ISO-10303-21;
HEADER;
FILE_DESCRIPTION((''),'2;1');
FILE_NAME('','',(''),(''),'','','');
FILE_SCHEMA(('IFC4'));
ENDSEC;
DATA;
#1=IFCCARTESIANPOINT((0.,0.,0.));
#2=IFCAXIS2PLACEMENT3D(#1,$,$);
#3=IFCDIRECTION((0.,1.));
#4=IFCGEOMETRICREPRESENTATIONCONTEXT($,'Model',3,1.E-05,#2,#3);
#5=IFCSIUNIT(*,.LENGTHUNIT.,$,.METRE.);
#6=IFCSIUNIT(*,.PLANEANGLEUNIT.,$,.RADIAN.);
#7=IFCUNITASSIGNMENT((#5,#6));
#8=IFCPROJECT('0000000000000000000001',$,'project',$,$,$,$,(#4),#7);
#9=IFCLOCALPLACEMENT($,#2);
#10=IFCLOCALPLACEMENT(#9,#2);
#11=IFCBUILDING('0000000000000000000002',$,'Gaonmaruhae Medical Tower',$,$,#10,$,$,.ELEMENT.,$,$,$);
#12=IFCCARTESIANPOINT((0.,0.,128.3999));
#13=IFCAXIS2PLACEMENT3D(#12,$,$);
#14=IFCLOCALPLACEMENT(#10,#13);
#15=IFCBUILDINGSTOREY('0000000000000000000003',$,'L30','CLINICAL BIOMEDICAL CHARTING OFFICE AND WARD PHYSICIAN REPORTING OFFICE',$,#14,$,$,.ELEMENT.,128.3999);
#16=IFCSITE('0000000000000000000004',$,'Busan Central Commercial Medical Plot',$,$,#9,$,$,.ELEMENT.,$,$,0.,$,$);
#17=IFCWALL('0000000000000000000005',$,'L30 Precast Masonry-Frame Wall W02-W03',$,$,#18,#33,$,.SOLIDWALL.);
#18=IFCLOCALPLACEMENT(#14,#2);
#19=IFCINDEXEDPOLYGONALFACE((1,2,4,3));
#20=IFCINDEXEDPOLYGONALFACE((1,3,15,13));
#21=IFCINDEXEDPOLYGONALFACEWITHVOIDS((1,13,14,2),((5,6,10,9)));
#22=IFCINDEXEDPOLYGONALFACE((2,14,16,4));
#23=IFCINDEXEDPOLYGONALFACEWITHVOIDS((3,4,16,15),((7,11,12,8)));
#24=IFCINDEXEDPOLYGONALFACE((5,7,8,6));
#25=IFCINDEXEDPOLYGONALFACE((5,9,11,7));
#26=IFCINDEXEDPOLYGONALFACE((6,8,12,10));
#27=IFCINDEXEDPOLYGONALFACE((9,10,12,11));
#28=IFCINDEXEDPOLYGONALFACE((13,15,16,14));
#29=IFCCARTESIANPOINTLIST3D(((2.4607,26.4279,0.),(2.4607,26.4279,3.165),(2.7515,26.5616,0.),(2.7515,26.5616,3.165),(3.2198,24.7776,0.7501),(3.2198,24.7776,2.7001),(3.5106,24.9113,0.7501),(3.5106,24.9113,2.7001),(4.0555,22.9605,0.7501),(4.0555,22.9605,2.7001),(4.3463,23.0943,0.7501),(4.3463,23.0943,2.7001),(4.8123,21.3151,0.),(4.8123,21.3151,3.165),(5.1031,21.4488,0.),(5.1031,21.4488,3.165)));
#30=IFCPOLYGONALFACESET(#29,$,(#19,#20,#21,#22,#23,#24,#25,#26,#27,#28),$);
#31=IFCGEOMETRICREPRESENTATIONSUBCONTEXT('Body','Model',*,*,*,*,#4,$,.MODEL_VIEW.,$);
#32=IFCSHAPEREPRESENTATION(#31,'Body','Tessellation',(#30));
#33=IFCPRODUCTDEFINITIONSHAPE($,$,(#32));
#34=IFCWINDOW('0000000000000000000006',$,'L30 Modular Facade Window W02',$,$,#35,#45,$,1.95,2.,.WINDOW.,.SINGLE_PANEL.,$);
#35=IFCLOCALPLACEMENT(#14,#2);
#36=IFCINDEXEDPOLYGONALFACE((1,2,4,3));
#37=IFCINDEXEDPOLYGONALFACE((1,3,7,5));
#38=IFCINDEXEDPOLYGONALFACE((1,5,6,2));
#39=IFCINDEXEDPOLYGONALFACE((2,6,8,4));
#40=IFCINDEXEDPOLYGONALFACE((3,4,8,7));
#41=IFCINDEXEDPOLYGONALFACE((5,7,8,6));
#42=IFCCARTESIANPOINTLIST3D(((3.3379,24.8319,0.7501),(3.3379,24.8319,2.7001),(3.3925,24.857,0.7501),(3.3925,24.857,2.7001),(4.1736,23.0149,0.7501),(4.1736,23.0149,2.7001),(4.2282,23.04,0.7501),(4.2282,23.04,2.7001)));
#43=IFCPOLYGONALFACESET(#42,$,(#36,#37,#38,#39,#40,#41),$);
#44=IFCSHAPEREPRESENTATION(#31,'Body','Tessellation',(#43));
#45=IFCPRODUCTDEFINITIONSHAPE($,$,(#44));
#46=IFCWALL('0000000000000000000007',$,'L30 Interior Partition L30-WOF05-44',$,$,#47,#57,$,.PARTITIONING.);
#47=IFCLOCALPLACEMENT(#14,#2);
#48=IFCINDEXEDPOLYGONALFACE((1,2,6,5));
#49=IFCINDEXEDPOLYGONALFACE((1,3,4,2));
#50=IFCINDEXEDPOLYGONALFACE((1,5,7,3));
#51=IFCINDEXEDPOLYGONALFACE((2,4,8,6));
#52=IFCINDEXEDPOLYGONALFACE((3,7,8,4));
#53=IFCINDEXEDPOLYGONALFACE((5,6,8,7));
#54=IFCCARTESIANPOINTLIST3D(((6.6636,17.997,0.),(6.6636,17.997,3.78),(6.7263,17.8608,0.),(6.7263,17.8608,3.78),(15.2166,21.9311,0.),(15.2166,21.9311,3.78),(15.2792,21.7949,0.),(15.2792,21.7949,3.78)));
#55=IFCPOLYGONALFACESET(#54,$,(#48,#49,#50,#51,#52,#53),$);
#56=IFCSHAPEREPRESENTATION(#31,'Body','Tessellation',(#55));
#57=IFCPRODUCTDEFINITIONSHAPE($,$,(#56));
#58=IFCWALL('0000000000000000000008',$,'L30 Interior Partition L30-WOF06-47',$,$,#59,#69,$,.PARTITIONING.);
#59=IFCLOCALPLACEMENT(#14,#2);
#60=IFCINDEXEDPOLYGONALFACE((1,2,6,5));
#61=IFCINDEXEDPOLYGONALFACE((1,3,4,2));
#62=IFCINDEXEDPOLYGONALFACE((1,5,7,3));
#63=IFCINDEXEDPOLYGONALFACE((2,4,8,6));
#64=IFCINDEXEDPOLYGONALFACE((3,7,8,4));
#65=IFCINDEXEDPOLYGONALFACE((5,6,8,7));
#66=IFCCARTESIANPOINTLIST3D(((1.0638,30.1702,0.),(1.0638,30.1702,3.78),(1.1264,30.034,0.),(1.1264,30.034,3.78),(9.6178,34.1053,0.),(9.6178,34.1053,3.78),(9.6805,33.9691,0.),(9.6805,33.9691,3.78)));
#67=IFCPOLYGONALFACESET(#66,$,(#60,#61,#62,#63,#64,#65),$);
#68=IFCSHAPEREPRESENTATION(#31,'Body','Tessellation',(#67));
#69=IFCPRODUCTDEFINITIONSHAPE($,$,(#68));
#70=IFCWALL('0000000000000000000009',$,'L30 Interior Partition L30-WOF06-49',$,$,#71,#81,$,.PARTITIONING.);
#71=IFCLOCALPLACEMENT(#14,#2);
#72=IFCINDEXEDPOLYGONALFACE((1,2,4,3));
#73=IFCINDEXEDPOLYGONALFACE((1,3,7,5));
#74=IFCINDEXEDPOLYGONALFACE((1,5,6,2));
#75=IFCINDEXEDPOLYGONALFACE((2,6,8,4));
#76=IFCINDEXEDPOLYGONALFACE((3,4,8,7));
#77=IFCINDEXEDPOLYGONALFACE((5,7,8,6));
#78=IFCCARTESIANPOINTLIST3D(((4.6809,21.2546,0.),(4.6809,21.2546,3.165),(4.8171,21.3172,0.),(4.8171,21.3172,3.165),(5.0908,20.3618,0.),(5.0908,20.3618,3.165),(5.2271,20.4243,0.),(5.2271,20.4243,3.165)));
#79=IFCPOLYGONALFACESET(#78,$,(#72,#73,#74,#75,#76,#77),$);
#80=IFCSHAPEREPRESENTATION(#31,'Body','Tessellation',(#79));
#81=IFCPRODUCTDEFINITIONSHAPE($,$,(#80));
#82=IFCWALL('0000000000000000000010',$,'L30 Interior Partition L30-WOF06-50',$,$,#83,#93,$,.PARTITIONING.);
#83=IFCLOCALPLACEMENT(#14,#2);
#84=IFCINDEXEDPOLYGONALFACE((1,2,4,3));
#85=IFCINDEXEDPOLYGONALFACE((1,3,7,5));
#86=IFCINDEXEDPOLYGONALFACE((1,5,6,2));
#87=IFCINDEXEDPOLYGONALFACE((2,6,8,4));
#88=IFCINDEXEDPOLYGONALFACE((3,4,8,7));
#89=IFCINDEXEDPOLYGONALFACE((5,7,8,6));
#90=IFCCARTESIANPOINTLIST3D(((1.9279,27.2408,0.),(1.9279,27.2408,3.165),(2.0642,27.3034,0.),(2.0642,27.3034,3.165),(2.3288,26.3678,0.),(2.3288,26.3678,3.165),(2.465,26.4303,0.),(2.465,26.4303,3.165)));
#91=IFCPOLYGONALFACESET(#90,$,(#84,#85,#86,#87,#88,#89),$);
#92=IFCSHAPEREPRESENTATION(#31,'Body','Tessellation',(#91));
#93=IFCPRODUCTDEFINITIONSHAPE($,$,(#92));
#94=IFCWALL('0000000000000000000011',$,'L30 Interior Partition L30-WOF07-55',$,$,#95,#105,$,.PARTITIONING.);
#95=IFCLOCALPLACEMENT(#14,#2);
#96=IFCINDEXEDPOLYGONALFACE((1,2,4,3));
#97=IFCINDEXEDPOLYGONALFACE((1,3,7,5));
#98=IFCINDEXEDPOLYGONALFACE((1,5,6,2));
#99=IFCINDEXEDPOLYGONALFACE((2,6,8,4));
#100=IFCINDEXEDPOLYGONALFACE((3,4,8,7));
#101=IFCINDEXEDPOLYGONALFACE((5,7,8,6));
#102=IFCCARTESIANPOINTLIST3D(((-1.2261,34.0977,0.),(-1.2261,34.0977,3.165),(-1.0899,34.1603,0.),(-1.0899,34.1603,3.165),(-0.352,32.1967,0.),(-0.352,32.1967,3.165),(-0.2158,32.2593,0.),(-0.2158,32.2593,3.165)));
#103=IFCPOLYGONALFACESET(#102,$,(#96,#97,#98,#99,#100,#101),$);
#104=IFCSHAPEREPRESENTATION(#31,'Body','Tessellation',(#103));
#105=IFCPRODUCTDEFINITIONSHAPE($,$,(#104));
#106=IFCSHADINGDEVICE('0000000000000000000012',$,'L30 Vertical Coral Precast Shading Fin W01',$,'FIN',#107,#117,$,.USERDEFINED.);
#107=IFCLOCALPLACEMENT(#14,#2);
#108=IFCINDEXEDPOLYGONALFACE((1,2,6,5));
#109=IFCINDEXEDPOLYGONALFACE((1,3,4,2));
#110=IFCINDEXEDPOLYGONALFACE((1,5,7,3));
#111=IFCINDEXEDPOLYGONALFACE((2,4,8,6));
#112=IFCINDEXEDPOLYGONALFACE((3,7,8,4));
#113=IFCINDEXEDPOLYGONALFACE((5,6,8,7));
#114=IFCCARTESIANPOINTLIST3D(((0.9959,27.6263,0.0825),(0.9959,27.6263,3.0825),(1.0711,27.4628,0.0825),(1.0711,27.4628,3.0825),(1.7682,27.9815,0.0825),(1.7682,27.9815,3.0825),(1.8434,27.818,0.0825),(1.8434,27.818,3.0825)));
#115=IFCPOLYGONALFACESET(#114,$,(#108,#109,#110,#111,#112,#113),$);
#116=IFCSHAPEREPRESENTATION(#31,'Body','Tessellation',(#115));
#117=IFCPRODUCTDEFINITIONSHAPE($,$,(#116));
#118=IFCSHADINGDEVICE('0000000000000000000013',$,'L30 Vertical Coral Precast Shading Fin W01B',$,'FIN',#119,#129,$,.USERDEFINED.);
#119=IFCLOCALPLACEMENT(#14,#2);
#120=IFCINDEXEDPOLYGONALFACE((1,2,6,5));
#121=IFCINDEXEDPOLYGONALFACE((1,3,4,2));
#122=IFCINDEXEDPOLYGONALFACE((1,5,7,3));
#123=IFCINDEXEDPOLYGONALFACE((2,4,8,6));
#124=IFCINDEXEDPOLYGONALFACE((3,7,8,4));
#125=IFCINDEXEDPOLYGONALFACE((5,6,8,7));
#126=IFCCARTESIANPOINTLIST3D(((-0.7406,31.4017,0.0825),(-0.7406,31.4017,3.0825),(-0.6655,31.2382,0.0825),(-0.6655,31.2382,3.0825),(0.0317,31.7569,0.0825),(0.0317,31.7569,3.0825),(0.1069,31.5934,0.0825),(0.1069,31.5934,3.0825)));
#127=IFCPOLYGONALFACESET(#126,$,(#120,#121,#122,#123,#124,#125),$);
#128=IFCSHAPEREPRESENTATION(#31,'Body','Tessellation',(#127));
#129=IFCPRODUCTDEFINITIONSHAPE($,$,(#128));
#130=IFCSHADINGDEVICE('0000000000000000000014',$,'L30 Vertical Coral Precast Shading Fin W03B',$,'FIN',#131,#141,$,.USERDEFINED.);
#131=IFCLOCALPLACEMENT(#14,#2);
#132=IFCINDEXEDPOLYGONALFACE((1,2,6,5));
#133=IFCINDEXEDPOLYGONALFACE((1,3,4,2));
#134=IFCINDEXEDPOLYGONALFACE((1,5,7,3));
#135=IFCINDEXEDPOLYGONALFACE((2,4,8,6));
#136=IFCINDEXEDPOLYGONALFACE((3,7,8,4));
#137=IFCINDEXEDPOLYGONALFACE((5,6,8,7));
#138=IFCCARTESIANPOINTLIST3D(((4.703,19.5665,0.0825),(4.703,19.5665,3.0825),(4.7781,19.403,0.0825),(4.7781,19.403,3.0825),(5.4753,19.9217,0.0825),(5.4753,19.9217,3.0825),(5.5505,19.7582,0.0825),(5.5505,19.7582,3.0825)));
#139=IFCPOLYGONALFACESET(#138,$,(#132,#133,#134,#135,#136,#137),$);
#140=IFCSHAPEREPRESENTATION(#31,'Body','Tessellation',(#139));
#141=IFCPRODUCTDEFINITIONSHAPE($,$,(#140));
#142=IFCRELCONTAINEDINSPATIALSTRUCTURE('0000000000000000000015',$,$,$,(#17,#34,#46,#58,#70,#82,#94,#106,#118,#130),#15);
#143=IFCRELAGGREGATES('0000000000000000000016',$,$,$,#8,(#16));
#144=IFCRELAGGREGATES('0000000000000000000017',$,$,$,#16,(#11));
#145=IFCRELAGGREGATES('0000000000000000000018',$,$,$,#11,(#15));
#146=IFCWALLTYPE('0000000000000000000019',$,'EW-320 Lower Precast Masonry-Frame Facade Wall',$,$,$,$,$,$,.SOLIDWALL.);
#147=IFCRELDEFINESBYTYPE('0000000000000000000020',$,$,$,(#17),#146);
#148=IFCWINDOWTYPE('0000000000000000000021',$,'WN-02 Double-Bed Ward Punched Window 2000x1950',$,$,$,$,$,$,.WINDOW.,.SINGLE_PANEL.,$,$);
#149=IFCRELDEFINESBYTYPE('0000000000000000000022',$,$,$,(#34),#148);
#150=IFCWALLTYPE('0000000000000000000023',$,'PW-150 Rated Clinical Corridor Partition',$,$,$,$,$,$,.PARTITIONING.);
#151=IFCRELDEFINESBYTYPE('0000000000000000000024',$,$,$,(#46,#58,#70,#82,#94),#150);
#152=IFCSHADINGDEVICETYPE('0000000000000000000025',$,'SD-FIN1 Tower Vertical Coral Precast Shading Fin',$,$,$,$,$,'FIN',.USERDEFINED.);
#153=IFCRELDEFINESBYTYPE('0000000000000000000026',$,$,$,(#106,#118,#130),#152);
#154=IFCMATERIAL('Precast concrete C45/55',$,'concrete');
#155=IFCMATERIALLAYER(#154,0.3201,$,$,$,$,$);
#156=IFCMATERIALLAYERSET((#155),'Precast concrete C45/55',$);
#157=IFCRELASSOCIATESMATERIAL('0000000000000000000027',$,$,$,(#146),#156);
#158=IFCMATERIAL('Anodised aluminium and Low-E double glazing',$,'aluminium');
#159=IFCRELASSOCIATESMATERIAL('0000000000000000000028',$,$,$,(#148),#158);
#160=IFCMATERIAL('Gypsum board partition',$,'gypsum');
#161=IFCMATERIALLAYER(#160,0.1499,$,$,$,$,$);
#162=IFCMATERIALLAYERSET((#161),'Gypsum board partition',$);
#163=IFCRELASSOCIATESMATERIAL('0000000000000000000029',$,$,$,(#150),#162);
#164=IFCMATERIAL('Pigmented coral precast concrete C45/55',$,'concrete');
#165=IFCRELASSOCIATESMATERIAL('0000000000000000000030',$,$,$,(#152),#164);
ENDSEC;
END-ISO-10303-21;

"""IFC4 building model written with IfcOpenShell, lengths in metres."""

from ifc_helpers import new_model, si_unit, direction, frame, frame_2d, origin, origin_2d, place, context, subcontext, project, spatial, rectangle, extrude, material, layer, layer_set, type_object, element, fill, save


model = new_model("IFC4")

# Units and contexts
model_context = context("Model", 3, precision=1e-05, world=origin(), true_north=direction((0.0, 1.0)))
body_context = subcontext(model_context, "Body", "Model", "MODEL_VIEW")
ifc_project = project(units=[si_unit("LENGTHUNIT", "METRE"), si_unit("PLANEANGLEUNIT", "RADIAN")], contexts=[model_context])

# Site, building, storey
site_placement = place(None, origin())
site = spatial("IfcSite", under=ifc_project, at=site_placement, Name="Busan Central Commercial Medical Plot", CompositionType="ELEMENT", RefElevation=0.0)
building_placement = place(site_placement, origin())
building = spatial("IfcBuilding", under=site, at=building_placement, Name="Gaonmaruhae Medical Tower", CompositionType="ELEMENT")
storey_placement = place(building_placement, frame((0.0, 0.0, 128.3999)))
storey = spatial("IfcBuildingStorey", under=building, at=storey_placement, Name="L30", Description="CLINICAL BIOMEDICAL CHARTING OFFICE AND WARD PHYSICIAN REPORTING OFFICE", CompositionType="ELEMENT", Elevation=128.3999)

# Shared definitions
ifc_material_1 = material(Name="Precast concrete C45/55", Category="concrete")
ifc_layer_1 = layer(ifc_material_1, 0.3201)
ifc_layer_set_1 = layer_set([ifc_layer_1], Name="Precast concrete C45/55")
wall_type_1 = type_object("IfcWallType", Name="EW-320 Lower Precast Masonry-Frame Facade Wall", PredefinedType="SOLIDWALL", material=ifc_layer_set_1)

# Wall, opening, window
ifc_material_2 = material(Name="Anodised aluminium and Low-E double glazing", Category="aluminium")
wall_1_placement = place(storey_placement, frame((4.9578, 21.3818, 0.0), z_axis=(0.0, 0.0, 1.0), x_axis=(-0.417858, 0.908512, 0.0)))
wall_1 = element("IfcWall", 1, at=wall_1_placement, inside=storey, type_object=wall_type_1, Name="L30 Precast Masonry-Frame Wall W02-W03", PredefinedType="SOLIDWALL", context=body_context, shape_type="SweptSolid", body=[
    extrude(rectangle(XDim=5.6277, YDim=0.3201, at=frame_2d((2.814, 0.0))), origin(), (0.0, 0.0, 1.0), 3.165),
])
opening_1_placement = place(wall_1_placement, frame((1.8113, 0.0, 0.75)))
opening_1 = element("IfcOpeningElement", 2, at=opening_1_placement, cuts=wall_1, PredefinedType="OPENING", context=body_context, shape_type="SweptSolid", body=[
    extrude(rectangle(XDim=2.0, YDim=1.95, at=frame_2d((1.0, 0.9751))), frame((0.0, 0.1699, 0.0), z_axis=(0.0, -1.0, 0.0), x_axis=(1.0, 0.0, 0.0)), (0.0, 0.0, 1.0), 0.3401),
])
window_type_1 = type_object("IfcWindowType", Name="WN-02 Double-Bed Ward Punched Window 2000x1950", PartitioningType="SINGLE_PANEL", PredefinedType="WINDOW", material=ifc_material_2)
window_1_placement = place(opening_1_placement, origin())
window_1 = element("IfcWindow", 3, at=window_1_placement, inside=storey, type_object=window_type_1, Name="L30 Modular Facade Window W02", OverallHeight=1.95, OverallWidth=2.0, PartitioningType="SINGLE_PANEL", PredefinedType="WINDOW", context=body_context, shape_type="SweptSolid", body=[
    extrude(rectangle(XDim=2.0, YDim=1.95, at=frame_2d((1.0, 0.9751))), frame((0.0, 0.03, 0.0), z_axis=(0.0, -1.0, 0.0), x_axis=(1.0, 0.0, 0.0)), (0.0, 0.0, 1.0), 0.0601),
])
fill(opening_1, window_1)

# Walls
ifc_material_3 = material(Name="Gypsum board partition", Category="gypsum")
ifc_layer_2 = layer(ifc_material_3, 0.1499)
ifc_layer_set_2 = layer_set([ifc_layer_2], Name="Gypsum board partition")
wall_type_2 = type_object("IfcWallType", Name="PW-150 Rated Clinical Corridor Partition", PredefinedType="PARTITIONING", material=ifc_layer_set_2)
wall_2_placement = place(storey_placement, frame((6.6951, 17.929, 0.0), z_axis=(0.0, 0.0, 1.0), x_axis=(0.908502, 0.41788, 0.0)))
element("IfcWall", 4, at=wall_2_placement, inside=storey, type_object=wall_type_2, Name="L30 Interior Partition L30-WOF05-44", PredefinedType="PARTITIONING", context=body_context, shape_type="SweptSolid", body=[
    extrude(rectangle(XDim=9.4143, YDim=0.1499, at=frame_2d((4.707, 0.0))), origin(), (0.0, 0.0, 1.0), 3.78),
])
wall_3_placement = place(storey_placement, frame((1.095, 30.1021, 0.0), z_axis=(0.0, 0.0, 1.0), x_axis=(0.908481, 0.417927, 0.0)))
element("IfcWall", 5, at=wall_3_placement, inside=storey, type_object=wall_type_2, Name="L30 Interior Partition L30-WOF06-47", PredefinedType="PARTITIONING", context=body_context, shape_type="SweptSolid", body=[
    extrude(rectangle(XDim=9.4158, YDim=0.1499, at=frame_2d((4.708, 0.0))), origin(), (0.0, 0.0, 1.0), 3.78),
])
wall_4_placement = place(storey_placement, frame((5.1589, 20.3931, 0.0), z_axis=(0.0, 0.0, 1.0), x_axis=(-0.417245, 0.908794, 0.0)))
element("IfcWall", 6, at=wall_4_placement, inside=storey, type_object=wall_type_2, Name="L30 Interior Partition L30-WOF06-49", PredefinedType="PARTITIONING", context=body_context, shape_type="SweptSolid", body=[
    extrude(rectangle(XDim=0.9824, YDim=0.1499, at=frame_2d((0.4912, 0.0))), origin(), (0.0, 0.0, 1.0), 3.165),
])
wall_5_placement = place(storey_placement, frame((2.397, 26.3989, 0.0), z_axis=(0.0, 0.0, 1.0), x_axis=(-0.417285, 0.908776, 0.0)))
element("IfcWall", 7, at=wall_5_placement, inside=storey, type_object=wall_type_2, Name="L30 Interior Partition L30-WOF06-50", PredefinedType="PARTITIONING", context=body_context, shape_type="SweptSolid", body=[
    extrude(rectangle(XDim=0.9607, YDim=0.1499, at=frame_2d((0.4805, 0.0))), origin(), (0.0, 0.0, 1.0), 3.165),
])
wall_6_placement = place(storey_placement, frame((-0.2839, 32.228, 0.0), z_axis=(0.0, 0.0, 1.0), x_axis=(-0.417755, 0.90856, 0.0)))
element("IfcWall", 8, at=wall_6_placement, inside=storey, type_object=wall_type_2, Name="L30 Interior Partition L30-WOF07-55", PredefinedType="PARTITIONING", context=body_context, shape_type="SweptSolid", body=[
    extrude(rectangle(XDim=2.0923, YDim=0.1499, at=frame_2d((1.0461, 0.0))), origin(), (0.0, 0.0, 1.0), 3.165),
])

# Shading devices
ifc_material_4 = material(Name="Pigmented coral precast concrete C45/55", Category="concrete")
shading_device_type = type_object("IfcShadingDeviceType", Name="SD-FIN1 Tower Vertical Coral Precast Shading Fin", ElementType="FIN", PredefinedType="USERDEFINED", material=ifc_material_4)
for number, where, z_axis, x_axis, name in (
    (9, (1.4197, 27.7222, 0.0825), (0.0, 0.0, 1.0), (-0.417867, 0.908508, 0.0), "L30 Vertical Coral Precast Shading Fin W01"),
    (10, (-0.3169, 31.4976, 0.0825), (0.0, 0.0, 1.0), (-0.417867, 0.908508, 0.0), "L30 Vertical Coral Precast Shading Fin W01B"),
    (11, (5.1267, 19.6624, 0.0825), (0.0, 0.0, 1.0), (-0.417883, 0.908501, 0.0), "L30 Vertical Coral Precast Shading Fin W03B"),
):
    element("IfcShadingDevice", number, at=place(storey_placement, frame(where, z_axis=z_axis, x_axis=x_axis)), inside=storey, type_object=shading_device_type, Name=name, ObjectType="FIN", PredefinedType="USERDEFINED", context=body_context, shape_type="SweptSolid", body=[
        extrude(rectangle(XDim=0.1799, YDim=0.8501, at=origin_2d()), origin(), (0.0, 0.0, 1.0), 3.0),
    ])

save(model, "model.ifc")
